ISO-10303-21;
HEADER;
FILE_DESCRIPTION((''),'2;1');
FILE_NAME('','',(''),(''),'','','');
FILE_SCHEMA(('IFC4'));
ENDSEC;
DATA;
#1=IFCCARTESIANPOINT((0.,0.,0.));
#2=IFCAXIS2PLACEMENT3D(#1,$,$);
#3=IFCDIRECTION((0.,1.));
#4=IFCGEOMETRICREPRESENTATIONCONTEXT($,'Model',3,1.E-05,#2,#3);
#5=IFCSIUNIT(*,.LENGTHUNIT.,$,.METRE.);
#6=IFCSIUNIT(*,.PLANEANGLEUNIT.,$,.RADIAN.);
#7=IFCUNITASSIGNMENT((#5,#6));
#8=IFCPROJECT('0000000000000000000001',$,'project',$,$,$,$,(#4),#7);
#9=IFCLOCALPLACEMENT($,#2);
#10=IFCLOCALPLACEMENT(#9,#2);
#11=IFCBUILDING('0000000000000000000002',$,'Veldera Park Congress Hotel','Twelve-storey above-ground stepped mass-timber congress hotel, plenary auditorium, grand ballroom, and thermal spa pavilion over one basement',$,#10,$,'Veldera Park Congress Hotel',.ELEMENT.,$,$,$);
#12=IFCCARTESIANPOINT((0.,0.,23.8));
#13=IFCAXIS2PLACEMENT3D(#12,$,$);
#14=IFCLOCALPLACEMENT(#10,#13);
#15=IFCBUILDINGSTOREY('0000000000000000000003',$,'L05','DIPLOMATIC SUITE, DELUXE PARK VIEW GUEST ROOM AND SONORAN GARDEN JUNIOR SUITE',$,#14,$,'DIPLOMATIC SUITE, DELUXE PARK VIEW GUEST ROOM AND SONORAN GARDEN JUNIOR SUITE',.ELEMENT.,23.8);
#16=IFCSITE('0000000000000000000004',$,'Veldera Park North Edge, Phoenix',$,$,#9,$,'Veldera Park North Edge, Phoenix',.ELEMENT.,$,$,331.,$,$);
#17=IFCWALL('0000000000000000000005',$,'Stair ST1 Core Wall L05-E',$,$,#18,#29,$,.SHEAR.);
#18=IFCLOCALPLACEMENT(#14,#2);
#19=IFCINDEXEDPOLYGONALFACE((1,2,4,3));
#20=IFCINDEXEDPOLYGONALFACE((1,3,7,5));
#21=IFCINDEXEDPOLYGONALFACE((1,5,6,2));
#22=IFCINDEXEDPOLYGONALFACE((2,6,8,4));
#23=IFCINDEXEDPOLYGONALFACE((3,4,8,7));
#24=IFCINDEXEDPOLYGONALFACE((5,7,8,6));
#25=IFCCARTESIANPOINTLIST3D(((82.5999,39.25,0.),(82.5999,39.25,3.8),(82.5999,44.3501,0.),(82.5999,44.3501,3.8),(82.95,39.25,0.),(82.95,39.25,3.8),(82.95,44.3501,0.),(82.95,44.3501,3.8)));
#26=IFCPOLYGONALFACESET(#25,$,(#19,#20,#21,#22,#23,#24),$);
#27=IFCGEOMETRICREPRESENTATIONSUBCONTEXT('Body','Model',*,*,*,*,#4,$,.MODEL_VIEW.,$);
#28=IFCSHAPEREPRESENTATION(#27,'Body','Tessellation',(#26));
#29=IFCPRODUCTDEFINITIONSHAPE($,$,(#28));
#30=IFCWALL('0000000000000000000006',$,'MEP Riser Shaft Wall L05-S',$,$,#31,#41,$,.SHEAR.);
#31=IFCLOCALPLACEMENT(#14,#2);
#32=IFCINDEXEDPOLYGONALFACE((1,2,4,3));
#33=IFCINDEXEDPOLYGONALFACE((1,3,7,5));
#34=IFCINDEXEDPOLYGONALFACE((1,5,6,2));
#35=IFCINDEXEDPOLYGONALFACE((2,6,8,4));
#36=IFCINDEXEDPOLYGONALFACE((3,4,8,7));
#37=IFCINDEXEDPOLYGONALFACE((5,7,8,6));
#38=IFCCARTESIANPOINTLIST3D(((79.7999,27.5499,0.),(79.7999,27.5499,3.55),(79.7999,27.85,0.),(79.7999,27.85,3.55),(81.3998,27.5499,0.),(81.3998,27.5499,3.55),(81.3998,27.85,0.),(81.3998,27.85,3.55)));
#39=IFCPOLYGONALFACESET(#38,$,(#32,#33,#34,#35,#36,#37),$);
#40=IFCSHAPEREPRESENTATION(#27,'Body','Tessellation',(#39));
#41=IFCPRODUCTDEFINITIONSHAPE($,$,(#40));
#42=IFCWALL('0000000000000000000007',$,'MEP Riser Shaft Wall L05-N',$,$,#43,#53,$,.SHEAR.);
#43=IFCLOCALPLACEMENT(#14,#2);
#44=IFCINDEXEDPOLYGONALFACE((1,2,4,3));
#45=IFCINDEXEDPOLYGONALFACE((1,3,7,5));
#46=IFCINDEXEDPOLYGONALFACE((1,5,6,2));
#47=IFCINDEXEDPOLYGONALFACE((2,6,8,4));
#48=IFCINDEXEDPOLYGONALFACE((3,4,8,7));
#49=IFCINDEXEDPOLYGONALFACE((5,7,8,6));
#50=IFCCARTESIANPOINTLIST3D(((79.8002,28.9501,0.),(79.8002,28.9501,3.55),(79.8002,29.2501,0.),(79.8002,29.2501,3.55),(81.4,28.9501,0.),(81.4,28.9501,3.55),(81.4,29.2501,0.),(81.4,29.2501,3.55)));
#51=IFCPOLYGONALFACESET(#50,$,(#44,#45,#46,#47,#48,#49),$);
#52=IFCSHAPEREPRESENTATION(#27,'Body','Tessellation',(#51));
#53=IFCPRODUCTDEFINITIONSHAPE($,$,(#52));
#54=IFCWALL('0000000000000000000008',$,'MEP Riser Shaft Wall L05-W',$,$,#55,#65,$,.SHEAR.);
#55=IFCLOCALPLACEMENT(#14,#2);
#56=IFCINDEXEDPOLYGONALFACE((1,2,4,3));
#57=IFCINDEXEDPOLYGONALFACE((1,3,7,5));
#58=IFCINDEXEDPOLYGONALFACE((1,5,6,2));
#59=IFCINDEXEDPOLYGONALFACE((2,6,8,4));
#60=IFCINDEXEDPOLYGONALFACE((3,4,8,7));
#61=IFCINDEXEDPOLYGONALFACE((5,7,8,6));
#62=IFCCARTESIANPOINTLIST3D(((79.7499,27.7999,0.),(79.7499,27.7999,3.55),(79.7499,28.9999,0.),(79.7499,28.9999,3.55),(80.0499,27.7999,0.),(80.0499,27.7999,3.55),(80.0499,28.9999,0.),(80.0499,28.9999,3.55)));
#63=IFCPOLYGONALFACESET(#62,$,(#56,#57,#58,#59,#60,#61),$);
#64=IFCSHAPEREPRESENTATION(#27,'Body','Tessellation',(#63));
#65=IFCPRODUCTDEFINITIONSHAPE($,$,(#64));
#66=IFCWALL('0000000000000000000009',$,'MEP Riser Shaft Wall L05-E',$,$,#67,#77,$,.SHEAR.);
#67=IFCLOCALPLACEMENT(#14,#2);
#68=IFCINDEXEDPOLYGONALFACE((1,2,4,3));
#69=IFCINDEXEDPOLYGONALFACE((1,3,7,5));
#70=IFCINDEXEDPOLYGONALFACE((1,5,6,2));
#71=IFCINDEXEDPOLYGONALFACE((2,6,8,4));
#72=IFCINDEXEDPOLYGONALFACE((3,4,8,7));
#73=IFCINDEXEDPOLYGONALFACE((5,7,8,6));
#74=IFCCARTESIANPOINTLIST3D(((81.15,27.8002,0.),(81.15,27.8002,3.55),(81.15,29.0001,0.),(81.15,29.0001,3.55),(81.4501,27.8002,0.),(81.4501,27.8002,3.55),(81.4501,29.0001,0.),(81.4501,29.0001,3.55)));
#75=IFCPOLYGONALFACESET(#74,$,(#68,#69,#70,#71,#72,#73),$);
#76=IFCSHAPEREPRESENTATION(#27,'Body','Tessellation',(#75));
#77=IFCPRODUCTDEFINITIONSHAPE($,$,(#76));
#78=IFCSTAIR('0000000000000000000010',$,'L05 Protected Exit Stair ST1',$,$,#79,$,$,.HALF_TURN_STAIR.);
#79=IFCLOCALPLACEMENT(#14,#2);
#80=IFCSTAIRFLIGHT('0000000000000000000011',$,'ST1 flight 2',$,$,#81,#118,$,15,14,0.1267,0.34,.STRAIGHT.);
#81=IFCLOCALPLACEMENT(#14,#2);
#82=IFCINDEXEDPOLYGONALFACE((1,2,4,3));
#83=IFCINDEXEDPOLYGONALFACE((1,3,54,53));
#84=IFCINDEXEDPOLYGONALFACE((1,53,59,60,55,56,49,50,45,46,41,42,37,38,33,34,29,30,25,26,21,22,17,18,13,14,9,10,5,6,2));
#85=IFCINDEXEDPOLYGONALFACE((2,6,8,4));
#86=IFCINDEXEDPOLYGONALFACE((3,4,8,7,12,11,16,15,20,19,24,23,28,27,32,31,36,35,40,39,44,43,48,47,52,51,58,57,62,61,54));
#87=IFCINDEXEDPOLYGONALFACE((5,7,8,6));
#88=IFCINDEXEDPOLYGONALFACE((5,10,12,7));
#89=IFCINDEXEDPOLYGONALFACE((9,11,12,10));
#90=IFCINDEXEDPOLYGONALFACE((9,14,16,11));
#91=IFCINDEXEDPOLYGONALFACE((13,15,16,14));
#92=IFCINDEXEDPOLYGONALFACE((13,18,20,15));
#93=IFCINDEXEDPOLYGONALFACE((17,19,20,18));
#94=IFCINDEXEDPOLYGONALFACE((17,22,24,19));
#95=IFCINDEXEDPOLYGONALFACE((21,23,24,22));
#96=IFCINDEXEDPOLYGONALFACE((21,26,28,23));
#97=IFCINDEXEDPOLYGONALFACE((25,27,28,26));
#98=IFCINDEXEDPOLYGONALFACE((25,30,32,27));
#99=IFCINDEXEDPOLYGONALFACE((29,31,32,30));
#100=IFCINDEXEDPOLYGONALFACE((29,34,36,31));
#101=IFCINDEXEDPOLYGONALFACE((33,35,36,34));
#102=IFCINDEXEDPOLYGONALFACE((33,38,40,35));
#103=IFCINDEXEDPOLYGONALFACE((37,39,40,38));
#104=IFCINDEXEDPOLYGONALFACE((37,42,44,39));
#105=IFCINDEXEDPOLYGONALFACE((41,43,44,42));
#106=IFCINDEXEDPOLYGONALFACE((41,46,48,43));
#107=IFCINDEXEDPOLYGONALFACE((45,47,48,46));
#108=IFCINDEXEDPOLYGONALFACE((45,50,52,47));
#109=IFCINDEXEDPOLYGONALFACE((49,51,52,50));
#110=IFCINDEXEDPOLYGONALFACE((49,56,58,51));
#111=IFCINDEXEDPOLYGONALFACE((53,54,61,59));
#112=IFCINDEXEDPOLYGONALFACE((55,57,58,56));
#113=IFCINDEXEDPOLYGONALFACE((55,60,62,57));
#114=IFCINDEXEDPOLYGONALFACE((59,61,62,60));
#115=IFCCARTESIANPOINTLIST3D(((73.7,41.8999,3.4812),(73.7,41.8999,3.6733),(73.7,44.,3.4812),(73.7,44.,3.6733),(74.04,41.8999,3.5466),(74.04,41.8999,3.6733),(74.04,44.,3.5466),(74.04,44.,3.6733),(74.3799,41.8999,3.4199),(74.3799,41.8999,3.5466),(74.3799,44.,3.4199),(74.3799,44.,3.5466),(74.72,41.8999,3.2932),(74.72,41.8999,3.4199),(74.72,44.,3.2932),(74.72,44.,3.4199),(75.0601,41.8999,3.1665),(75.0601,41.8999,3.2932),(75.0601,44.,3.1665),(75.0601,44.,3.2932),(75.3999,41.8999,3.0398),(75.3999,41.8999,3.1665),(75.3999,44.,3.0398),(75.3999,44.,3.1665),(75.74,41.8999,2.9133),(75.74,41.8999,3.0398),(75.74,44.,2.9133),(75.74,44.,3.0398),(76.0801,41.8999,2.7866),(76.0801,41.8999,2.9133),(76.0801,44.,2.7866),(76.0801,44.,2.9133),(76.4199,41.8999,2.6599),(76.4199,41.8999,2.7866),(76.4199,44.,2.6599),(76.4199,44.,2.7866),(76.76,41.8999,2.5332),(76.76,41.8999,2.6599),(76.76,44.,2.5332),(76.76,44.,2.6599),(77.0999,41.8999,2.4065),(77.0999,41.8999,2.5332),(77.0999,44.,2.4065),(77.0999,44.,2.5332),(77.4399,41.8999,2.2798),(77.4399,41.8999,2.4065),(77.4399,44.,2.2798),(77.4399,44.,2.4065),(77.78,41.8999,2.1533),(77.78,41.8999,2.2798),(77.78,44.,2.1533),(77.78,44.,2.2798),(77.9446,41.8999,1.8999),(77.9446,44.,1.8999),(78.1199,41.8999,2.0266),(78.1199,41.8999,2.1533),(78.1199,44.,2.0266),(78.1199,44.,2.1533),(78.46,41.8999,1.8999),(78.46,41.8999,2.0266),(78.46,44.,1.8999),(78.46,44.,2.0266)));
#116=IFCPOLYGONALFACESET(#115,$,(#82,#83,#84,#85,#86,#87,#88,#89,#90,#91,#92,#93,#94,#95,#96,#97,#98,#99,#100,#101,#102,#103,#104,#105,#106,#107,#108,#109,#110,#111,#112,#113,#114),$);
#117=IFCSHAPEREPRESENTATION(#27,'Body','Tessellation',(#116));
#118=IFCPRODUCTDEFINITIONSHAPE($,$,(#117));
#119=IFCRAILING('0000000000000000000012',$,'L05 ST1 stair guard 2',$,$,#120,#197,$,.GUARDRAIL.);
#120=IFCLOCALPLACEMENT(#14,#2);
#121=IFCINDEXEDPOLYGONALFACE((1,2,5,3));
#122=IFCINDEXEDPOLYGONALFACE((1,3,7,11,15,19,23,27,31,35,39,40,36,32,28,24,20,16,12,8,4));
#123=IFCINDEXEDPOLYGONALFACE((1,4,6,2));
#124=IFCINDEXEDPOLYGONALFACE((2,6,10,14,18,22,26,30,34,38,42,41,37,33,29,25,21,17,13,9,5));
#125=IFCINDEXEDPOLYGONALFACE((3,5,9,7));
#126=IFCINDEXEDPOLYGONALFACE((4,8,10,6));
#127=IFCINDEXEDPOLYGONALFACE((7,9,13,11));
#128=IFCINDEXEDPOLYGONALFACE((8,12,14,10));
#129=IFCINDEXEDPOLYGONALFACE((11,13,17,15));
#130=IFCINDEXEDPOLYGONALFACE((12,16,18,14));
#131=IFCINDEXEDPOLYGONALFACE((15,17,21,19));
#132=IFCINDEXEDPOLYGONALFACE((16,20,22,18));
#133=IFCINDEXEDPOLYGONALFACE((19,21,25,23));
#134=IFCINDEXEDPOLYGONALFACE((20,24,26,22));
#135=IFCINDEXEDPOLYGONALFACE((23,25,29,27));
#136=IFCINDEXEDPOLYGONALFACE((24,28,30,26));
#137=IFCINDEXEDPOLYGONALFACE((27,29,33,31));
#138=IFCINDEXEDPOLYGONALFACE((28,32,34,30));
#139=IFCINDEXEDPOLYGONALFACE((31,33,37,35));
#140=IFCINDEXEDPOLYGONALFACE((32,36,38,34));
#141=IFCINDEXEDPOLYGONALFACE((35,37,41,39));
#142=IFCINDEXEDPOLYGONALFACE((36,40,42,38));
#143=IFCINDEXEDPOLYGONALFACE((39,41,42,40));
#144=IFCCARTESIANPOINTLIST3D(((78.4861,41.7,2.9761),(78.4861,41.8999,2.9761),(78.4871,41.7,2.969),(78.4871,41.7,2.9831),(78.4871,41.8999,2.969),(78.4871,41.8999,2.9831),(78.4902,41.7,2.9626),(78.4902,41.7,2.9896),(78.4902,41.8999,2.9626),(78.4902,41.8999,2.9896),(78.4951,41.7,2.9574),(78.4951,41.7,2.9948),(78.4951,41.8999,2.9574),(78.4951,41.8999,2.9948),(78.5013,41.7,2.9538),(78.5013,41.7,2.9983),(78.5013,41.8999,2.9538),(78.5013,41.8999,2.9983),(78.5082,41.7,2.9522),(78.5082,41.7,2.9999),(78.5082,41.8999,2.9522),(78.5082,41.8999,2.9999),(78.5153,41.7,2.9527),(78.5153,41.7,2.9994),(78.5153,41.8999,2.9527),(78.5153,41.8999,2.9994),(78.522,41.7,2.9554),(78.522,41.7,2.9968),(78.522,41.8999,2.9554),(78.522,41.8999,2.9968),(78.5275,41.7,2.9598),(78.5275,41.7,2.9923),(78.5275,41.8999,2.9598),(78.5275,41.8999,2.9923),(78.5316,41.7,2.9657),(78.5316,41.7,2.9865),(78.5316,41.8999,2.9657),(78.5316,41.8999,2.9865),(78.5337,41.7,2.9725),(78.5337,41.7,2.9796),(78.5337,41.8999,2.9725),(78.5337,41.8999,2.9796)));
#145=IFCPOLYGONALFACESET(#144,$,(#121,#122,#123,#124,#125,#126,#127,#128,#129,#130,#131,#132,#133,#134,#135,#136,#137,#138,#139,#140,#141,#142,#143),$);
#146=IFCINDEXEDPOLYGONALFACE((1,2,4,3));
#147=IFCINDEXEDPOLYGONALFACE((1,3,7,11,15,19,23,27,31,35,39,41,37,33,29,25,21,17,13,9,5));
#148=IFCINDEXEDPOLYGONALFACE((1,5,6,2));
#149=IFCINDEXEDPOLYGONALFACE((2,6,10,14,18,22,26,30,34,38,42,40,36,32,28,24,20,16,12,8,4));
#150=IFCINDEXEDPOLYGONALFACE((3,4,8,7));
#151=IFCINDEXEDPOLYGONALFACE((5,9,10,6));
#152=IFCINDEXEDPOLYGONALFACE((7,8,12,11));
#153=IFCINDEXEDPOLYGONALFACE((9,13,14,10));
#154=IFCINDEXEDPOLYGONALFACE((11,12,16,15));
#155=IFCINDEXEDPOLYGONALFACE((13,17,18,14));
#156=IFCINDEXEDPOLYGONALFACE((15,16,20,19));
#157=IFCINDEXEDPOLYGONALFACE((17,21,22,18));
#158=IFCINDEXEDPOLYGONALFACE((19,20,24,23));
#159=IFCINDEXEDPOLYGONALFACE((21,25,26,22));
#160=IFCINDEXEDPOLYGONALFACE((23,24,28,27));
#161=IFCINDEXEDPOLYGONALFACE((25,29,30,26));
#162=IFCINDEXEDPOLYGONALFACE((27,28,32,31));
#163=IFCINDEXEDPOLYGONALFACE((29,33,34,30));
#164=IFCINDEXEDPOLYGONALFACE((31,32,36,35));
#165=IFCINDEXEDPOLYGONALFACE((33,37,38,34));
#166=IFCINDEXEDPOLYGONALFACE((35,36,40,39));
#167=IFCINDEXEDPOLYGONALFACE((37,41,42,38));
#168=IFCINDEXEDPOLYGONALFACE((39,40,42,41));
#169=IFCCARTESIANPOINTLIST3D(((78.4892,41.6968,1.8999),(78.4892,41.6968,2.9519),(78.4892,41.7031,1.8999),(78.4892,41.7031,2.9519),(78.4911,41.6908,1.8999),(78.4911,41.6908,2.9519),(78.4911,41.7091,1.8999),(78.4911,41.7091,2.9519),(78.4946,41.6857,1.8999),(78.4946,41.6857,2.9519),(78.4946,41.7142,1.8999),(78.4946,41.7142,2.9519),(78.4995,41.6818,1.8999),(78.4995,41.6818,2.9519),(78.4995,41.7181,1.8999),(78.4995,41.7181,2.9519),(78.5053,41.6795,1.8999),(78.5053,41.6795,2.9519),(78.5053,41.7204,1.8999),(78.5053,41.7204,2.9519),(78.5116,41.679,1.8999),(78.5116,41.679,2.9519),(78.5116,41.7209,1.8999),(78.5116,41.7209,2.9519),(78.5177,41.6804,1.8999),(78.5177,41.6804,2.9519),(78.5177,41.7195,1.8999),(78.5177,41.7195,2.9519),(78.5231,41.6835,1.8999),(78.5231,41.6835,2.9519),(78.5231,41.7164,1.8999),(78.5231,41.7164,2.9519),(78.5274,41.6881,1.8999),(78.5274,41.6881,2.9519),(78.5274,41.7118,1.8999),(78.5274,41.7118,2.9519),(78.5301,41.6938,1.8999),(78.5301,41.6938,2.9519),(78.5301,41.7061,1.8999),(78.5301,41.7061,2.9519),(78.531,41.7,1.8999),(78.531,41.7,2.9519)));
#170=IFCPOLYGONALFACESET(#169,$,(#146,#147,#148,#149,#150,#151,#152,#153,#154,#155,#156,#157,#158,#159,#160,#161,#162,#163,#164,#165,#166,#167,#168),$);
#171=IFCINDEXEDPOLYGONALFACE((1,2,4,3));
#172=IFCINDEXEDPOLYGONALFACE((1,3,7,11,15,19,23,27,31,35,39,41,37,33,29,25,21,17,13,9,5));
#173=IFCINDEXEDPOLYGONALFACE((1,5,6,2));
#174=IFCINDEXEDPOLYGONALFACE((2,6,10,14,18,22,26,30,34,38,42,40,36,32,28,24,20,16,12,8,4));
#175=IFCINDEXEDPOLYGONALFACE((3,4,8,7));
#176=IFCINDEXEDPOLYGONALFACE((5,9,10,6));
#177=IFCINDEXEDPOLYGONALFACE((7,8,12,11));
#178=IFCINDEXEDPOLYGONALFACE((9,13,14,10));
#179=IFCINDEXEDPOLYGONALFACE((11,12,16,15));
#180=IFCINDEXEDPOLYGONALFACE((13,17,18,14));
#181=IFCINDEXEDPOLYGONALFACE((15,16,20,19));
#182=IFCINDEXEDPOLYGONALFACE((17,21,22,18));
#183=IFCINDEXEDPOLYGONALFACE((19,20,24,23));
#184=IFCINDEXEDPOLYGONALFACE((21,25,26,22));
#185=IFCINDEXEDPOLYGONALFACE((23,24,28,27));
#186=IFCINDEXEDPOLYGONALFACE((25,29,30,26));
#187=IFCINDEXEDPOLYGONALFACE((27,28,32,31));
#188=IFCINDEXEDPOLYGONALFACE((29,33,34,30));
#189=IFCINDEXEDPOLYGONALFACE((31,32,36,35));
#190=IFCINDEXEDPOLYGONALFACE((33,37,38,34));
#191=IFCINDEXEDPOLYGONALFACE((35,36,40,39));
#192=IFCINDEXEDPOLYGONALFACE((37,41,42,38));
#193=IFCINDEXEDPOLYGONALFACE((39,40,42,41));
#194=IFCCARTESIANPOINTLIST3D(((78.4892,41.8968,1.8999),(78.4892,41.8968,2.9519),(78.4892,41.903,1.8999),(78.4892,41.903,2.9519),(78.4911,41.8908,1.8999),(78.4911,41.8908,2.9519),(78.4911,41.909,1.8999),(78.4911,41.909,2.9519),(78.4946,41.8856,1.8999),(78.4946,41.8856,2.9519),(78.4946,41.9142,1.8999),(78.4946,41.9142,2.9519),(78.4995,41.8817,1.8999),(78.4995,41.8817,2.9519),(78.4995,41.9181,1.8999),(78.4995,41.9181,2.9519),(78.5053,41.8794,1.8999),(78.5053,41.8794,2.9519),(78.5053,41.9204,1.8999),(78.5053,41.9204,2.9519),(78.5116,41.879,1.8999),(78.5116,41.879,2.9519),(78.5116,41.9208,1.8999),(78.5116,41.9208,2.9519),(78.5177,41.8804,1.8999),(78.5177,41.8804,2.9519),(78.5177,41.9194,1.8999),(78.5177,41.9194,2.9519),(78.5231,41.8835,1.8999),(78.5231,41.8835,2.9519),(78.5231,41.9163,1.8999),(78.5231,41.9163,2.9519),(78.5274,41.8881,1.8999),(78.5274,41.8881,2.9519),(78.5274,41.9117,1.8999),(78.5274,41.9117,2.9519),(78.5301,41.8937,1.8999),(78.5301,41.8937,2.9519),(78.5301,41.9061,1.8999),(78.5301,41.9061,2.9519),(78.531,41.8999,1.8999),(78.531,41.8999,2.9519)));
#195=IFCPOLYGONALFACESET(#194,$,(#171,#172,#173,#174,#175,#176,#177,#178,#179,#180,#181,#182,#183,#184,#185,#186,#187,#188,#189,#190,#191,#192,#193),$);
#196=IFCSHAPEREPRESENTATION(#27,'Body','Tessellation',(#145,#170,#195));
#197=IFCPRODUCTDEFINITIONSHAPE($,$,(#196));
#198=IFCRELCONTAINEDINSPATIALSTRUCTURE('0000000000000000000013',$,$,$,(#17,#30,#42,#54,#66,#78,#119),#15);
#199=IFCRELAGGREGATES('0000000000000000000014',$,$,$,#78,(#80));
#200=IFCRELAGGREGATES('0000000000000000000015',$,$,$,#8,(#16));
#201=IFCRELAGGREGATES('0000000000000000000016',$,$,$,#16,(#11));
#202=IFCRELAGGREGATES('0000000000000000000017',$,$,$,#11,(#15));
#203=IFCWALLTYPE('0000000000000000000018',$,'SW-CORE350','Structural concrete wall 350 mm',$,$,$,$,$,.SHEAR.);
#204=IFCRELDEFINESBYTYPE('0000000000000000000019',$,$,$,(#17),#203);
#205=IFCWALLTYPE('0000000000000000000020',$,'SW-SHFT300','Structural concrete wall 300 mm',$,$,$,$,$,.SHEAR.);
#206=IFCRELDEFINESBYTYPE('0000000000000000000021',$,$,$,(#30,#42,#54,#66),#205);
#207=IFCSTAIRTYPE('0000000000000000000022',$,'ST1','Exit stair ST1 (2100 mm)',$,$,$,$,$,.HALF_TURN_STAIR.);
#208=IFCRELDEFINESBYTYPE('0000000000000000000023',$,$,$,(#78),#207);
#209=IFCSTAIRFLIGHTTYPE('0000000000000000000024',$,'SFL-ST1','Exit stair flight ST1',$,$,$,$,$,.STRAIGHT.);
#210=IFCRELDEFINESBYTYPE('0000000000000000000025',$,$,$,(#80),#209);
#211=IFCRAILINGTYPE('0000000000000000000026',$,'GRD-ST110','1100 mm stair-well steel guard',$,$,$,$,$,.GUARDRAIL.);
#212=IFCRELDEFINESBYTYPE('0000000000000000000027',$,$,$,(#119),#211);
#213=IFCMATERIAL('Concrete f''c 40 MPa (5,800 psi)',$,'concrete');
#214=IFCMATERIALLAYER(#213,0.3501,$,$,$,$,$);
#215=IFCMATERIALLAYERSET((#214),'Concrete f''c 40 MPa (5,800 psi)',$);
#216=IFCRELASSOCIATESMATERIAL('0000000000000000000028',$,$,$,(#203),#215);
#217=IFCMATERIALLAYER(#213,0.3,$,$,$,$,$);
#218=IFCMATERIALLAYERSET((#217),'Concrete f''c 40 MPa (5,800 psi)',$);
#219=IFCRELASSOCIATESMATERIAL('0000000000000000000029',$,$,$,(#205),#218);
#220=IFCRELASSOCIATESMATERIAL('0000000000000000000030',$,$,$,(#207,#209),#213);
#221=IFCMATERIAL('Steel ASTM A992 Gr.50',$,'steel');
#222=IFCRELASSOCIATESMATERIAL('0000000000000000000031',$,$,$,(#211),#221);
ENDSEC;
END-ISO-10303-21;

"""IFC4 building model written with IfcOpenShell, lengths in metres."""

from ifc_helpers import new_model, si_unit, direction, frame, frame_2d, origin, origin_2d, place, context, subcontext, project, spatial, polyline, rectangle, circle, outline, extrude, material, layer, layer_set, type_object, element, aggregate, save


model = new_model("IFC4")

# Units and contexts
model_context = context("Model", 3, precision=1e-05, world=origin(), true_north=direction((0.0, 1.0)))
body_context = subcontext(model_context, "Body", "Model", "MODEL_VIEW")
ifc_project = project(units=[si_unit("LENGTHUNIT", "METRE"), si_unit("PLANEANGLEUNIT", "RADIAN")], contexts=[model_context])

# Site, building, storey
site_placement = place(None, origin())
site = spatial("IfcSite", under=ifc_project, at=site_placement, Name="Veldera Park North Edge, Phoenix", LongName="Veldera Park North Edge, Phoenix", CompositionType="ELEMENT", RefElevation=331.0)
building_placement = place(site_placement, origin())
building = spatial("IfcBuilding", under=site, at=building_placement, Name="Veldera Park Congress Hotel", Description="Twelve-storey above-ground stepped mass-timber congress hotel, plenary auditorium, grand ballroom, and thermal spa pavilion over one basement", LongName="Veldera Park Congress Hotel", CompositionType="ELEMENT")
storey_placement = place(building_placement, frame((0.0, 0.0, 23.8)))
storey = spatial("IfcBuildingStorey", under=building, at=storey_placement, Name="L05", Description="DIPLOMATIC SUITE, DELUXE PARK VIEW GUEST ROOM AND SONORAN GARDEN JUNIOR SUITE", LongName="DIPLOMATIC SUITE, DELUXE PARK VIEW GUEST ROOM AND SONORAN GARDEN JUNIOR SUITE", CompositionType="ELEMENT", Elevation=23.8)

# Walls
ifc_material_1 = material(Name="Concrete f'c 40 MPa (5,800 psi)", Category="concrete")
ifc_layer_1 = layer(ifc_material_1, 0.3501)
ifc_layer_set_1 = layer_set([ifc_layer_1], Name="Concrete f'c 40 MPa (5,800 psi)")
wall_type_1 = type_object("IfcWallType", Name="SW-CORE350", Description="Structural concrete wall 350 mm", PredefinedType="SHEAR", material=ifc_layer_set_1)
wall_1_placement = place(storey_placement, frame((82.7749, 39.25, 0.0), z_axis=(0.0, 0.0, 1.0), x_axis=(0.0, 1.0, 0.0)))
element("IfcWall", 1, at=wall_1_placement, inside=storey, type_object=wall_type_1, Name="Stair ST1 Core Wall L05-E", PredefinedType="SHEAR", context=body_context, shape_type="SweptSolid", body=[
    extrude(rectangle(XDim=5.1001, YDim=0.3501, at=frame_2d((2.55, 0.0))), origin(), (0.0, 0.0, 1.0), 3.8),
])
ifc_layer_2 = layer(ifc_material_1, 0.3)
ifc_layer_set_2 = layer_set([ifc_layer_2], Name="Concrete f'c 40 MPa (5,800 psi)")
wall_type_2 = type_object("IfcWallType", Name="SW-SHFT300", Description="Structural concrete wall 300 mm", PredefinedType="SHEAR", material=ifc_layer_set_2)
for number, where, z_axis, x_axis, name in (
    (2, (79.8, 27.7, 0.0), (0.0, 0.0, 1.0), (1.0, 0.0, 0.0), "MEP Riser Shaft Wall L05-S"),
    (3, (81.3999, 29.1001, 0.0), (0.0, 0.0, 1.0), (-1.0, 0.0, 0.0), "MEP Riser Shaft Wall L05-N"),
):
    element("IfcWall", number, at=place(storey_placement, frame(where, z_axis=z_axis, x_axis=x_axis)), inside=storey, type_object=wall_type_2, Name=name, PredefinedType="SHEAR", context=body_context, shape_type="SweptSolid", body=[
        extrude(rectangle(XDim=1.5999, YDim=0.3, at=frame_2d((0.7998, 0.0))), origin(), (0.0, 0.0, 1.0), 3.55),
    ])
for number, where, z_axis, x_axis, name in (
    (4, (79.8999, 29.0, 0.0), (0.0, 0.0, 1.0), (0.0, -1.0, 0.0), "MEP Riser Shaft Wall L05-W"),
    (5, (81.3, 27.8, 0.0), (0.0, 0.0, 1.0), (0.0, 1.0, 0.0), "MEP Riser Shaft Wall L05-E"),
):
    element("IfcWall", number, at=place(storey_placement, frame(where, z_axis=z_axis, x_axis=x_axis)), inside=storey, type_object=wall_type_2, Name=name, PredefinedType="SHEAR", context=body_context, shape_type="SweptSolid", body=[
        extrude(rectangle(XDim=1.2, YDim=0.3, at=frame_2d((0.6001, 0.0))), origin(), (0.0, 0.0, 1.0), 3.55),
    ])

# Stair, stair flight
stair_type = type_object("IfcStairType", Name="ST1", Description="Exit stair ST1 (2100 mm)", PredefinedType="HALF_TURN_STAIR", material=ifc_material_1)
stair_placement = place(storey_placement, origin())
stair = element("IfcStair", 6, at=stair_placement, inside=storey, type_object=stair_type, Name="L05 Protected Exit Stair ST1", PredefinedType="HALF_TURN_STAIR")
stair_flight_type = type_object("IfcStairFlightType", Name="SFL-ST1", Description="Exit stair flight ST1", PredefinedType="STRAIGHT", material=ifc_material_1)
stair_flight_placement = place(storey_placement, frame((78.46, 42.95, 1.8999), z_axis=(0.0, 0.0, 1.0), x_axis=(-1.0, 0.0, 0.0)))
stair_flight = element("IfcStairFlight", 7, at=stair_flight_placement, type_object=stair_flight_type, Name="ST1 flight 2", NumberOfRisers=15, NumberOfTreads=14, PredefinedType="STRAIGHT", RiserHeight=0.1267, TreadLength=0.34, context=body_context, shape_type="SweptSolid", body=[
    extrude(outline(polyline([(0.0, 0.0), (0.0, 0.1267), (0.3401, 0.1267), (0.3401, 0.2534), (0.6799, 0.2534), (0.6799, 0.3799), (1.02, 0.3799), (1.02, 0.5066), (1.3601, 0.5066), (1.3601, 0.6333), (1.7, 0.6333), (1.7, 0.76), (2.04, 0.76), (2.04, 0.8867), (2.3799, 0.8867), (2.3799, 1.0134), (2.72, 1.0134), (2.72, 1.1399), (3.0601, 1.1399), (3.0601, 1.2666), (3.3999, 1.2666), (3.3999, 1.3933), (3.74, 1.3933), (3.74, 1.52), (4.0801, 1.52), (4.0801, 1.6467), (4.4199, 1.6467), (4.4199, 1.7734), (4.76, 1.7734), (4.76, 1.8999), (4.76, 1.8999), (4.76, 1.5813), (0.5154, 0.0), (0.0, 0.0)])), frame((0.0, 1.05, 0.0), z_axis=(0.0, -1.0, 0.0), x_axis=(1.0, 0.0, 0.0)), (0.0, 0.0, 1.0), 2.1001),
])
aggregate(stair, [stair_flight])

# Railing
ifc_material_2 = material(Name="Steel ASTM A992 Gr.50", Category="steel")
railing_type = type_object("IfcRailingType", Name="GRD-ST110", Description="1100 mm stair-well steel guard", PredefinedType="GUARDRAIL", material=ifc_material_2)
railing_1_placement = place(storey_placement, frame((78.51, 41.7, 1.8999)))
element("IfcRailing", 8, at=railing_1_placement, inside=storey, type_object=railing_type, Name="L05 ST1 stair guard 2", PredefinedType="GUARDRAIL", context=body_context, shape_type="SweptSolid", body=[
    extrude(circle(Radius=0.0239, at=origin_2d()), frame((0.0, 0.0, 1.0762), z_axis=(0.0, 1.0, 0.0), x_axis=(-1.0, 0.0, 0.0)), (0.0, 0.0, 1.0), 0.2),
    extrude(circle(Radius=0.021, at=origin_2d()), origin(), (0.0, 0.0, 1.0), 1.052),
    extrude(circle(Radius=0.021, at=origin_2d()), frame((0.0, 0.2, 0.0)), (0.0, 0.0, 1.0), 1.052),
])

save(model, "model.ifc")
